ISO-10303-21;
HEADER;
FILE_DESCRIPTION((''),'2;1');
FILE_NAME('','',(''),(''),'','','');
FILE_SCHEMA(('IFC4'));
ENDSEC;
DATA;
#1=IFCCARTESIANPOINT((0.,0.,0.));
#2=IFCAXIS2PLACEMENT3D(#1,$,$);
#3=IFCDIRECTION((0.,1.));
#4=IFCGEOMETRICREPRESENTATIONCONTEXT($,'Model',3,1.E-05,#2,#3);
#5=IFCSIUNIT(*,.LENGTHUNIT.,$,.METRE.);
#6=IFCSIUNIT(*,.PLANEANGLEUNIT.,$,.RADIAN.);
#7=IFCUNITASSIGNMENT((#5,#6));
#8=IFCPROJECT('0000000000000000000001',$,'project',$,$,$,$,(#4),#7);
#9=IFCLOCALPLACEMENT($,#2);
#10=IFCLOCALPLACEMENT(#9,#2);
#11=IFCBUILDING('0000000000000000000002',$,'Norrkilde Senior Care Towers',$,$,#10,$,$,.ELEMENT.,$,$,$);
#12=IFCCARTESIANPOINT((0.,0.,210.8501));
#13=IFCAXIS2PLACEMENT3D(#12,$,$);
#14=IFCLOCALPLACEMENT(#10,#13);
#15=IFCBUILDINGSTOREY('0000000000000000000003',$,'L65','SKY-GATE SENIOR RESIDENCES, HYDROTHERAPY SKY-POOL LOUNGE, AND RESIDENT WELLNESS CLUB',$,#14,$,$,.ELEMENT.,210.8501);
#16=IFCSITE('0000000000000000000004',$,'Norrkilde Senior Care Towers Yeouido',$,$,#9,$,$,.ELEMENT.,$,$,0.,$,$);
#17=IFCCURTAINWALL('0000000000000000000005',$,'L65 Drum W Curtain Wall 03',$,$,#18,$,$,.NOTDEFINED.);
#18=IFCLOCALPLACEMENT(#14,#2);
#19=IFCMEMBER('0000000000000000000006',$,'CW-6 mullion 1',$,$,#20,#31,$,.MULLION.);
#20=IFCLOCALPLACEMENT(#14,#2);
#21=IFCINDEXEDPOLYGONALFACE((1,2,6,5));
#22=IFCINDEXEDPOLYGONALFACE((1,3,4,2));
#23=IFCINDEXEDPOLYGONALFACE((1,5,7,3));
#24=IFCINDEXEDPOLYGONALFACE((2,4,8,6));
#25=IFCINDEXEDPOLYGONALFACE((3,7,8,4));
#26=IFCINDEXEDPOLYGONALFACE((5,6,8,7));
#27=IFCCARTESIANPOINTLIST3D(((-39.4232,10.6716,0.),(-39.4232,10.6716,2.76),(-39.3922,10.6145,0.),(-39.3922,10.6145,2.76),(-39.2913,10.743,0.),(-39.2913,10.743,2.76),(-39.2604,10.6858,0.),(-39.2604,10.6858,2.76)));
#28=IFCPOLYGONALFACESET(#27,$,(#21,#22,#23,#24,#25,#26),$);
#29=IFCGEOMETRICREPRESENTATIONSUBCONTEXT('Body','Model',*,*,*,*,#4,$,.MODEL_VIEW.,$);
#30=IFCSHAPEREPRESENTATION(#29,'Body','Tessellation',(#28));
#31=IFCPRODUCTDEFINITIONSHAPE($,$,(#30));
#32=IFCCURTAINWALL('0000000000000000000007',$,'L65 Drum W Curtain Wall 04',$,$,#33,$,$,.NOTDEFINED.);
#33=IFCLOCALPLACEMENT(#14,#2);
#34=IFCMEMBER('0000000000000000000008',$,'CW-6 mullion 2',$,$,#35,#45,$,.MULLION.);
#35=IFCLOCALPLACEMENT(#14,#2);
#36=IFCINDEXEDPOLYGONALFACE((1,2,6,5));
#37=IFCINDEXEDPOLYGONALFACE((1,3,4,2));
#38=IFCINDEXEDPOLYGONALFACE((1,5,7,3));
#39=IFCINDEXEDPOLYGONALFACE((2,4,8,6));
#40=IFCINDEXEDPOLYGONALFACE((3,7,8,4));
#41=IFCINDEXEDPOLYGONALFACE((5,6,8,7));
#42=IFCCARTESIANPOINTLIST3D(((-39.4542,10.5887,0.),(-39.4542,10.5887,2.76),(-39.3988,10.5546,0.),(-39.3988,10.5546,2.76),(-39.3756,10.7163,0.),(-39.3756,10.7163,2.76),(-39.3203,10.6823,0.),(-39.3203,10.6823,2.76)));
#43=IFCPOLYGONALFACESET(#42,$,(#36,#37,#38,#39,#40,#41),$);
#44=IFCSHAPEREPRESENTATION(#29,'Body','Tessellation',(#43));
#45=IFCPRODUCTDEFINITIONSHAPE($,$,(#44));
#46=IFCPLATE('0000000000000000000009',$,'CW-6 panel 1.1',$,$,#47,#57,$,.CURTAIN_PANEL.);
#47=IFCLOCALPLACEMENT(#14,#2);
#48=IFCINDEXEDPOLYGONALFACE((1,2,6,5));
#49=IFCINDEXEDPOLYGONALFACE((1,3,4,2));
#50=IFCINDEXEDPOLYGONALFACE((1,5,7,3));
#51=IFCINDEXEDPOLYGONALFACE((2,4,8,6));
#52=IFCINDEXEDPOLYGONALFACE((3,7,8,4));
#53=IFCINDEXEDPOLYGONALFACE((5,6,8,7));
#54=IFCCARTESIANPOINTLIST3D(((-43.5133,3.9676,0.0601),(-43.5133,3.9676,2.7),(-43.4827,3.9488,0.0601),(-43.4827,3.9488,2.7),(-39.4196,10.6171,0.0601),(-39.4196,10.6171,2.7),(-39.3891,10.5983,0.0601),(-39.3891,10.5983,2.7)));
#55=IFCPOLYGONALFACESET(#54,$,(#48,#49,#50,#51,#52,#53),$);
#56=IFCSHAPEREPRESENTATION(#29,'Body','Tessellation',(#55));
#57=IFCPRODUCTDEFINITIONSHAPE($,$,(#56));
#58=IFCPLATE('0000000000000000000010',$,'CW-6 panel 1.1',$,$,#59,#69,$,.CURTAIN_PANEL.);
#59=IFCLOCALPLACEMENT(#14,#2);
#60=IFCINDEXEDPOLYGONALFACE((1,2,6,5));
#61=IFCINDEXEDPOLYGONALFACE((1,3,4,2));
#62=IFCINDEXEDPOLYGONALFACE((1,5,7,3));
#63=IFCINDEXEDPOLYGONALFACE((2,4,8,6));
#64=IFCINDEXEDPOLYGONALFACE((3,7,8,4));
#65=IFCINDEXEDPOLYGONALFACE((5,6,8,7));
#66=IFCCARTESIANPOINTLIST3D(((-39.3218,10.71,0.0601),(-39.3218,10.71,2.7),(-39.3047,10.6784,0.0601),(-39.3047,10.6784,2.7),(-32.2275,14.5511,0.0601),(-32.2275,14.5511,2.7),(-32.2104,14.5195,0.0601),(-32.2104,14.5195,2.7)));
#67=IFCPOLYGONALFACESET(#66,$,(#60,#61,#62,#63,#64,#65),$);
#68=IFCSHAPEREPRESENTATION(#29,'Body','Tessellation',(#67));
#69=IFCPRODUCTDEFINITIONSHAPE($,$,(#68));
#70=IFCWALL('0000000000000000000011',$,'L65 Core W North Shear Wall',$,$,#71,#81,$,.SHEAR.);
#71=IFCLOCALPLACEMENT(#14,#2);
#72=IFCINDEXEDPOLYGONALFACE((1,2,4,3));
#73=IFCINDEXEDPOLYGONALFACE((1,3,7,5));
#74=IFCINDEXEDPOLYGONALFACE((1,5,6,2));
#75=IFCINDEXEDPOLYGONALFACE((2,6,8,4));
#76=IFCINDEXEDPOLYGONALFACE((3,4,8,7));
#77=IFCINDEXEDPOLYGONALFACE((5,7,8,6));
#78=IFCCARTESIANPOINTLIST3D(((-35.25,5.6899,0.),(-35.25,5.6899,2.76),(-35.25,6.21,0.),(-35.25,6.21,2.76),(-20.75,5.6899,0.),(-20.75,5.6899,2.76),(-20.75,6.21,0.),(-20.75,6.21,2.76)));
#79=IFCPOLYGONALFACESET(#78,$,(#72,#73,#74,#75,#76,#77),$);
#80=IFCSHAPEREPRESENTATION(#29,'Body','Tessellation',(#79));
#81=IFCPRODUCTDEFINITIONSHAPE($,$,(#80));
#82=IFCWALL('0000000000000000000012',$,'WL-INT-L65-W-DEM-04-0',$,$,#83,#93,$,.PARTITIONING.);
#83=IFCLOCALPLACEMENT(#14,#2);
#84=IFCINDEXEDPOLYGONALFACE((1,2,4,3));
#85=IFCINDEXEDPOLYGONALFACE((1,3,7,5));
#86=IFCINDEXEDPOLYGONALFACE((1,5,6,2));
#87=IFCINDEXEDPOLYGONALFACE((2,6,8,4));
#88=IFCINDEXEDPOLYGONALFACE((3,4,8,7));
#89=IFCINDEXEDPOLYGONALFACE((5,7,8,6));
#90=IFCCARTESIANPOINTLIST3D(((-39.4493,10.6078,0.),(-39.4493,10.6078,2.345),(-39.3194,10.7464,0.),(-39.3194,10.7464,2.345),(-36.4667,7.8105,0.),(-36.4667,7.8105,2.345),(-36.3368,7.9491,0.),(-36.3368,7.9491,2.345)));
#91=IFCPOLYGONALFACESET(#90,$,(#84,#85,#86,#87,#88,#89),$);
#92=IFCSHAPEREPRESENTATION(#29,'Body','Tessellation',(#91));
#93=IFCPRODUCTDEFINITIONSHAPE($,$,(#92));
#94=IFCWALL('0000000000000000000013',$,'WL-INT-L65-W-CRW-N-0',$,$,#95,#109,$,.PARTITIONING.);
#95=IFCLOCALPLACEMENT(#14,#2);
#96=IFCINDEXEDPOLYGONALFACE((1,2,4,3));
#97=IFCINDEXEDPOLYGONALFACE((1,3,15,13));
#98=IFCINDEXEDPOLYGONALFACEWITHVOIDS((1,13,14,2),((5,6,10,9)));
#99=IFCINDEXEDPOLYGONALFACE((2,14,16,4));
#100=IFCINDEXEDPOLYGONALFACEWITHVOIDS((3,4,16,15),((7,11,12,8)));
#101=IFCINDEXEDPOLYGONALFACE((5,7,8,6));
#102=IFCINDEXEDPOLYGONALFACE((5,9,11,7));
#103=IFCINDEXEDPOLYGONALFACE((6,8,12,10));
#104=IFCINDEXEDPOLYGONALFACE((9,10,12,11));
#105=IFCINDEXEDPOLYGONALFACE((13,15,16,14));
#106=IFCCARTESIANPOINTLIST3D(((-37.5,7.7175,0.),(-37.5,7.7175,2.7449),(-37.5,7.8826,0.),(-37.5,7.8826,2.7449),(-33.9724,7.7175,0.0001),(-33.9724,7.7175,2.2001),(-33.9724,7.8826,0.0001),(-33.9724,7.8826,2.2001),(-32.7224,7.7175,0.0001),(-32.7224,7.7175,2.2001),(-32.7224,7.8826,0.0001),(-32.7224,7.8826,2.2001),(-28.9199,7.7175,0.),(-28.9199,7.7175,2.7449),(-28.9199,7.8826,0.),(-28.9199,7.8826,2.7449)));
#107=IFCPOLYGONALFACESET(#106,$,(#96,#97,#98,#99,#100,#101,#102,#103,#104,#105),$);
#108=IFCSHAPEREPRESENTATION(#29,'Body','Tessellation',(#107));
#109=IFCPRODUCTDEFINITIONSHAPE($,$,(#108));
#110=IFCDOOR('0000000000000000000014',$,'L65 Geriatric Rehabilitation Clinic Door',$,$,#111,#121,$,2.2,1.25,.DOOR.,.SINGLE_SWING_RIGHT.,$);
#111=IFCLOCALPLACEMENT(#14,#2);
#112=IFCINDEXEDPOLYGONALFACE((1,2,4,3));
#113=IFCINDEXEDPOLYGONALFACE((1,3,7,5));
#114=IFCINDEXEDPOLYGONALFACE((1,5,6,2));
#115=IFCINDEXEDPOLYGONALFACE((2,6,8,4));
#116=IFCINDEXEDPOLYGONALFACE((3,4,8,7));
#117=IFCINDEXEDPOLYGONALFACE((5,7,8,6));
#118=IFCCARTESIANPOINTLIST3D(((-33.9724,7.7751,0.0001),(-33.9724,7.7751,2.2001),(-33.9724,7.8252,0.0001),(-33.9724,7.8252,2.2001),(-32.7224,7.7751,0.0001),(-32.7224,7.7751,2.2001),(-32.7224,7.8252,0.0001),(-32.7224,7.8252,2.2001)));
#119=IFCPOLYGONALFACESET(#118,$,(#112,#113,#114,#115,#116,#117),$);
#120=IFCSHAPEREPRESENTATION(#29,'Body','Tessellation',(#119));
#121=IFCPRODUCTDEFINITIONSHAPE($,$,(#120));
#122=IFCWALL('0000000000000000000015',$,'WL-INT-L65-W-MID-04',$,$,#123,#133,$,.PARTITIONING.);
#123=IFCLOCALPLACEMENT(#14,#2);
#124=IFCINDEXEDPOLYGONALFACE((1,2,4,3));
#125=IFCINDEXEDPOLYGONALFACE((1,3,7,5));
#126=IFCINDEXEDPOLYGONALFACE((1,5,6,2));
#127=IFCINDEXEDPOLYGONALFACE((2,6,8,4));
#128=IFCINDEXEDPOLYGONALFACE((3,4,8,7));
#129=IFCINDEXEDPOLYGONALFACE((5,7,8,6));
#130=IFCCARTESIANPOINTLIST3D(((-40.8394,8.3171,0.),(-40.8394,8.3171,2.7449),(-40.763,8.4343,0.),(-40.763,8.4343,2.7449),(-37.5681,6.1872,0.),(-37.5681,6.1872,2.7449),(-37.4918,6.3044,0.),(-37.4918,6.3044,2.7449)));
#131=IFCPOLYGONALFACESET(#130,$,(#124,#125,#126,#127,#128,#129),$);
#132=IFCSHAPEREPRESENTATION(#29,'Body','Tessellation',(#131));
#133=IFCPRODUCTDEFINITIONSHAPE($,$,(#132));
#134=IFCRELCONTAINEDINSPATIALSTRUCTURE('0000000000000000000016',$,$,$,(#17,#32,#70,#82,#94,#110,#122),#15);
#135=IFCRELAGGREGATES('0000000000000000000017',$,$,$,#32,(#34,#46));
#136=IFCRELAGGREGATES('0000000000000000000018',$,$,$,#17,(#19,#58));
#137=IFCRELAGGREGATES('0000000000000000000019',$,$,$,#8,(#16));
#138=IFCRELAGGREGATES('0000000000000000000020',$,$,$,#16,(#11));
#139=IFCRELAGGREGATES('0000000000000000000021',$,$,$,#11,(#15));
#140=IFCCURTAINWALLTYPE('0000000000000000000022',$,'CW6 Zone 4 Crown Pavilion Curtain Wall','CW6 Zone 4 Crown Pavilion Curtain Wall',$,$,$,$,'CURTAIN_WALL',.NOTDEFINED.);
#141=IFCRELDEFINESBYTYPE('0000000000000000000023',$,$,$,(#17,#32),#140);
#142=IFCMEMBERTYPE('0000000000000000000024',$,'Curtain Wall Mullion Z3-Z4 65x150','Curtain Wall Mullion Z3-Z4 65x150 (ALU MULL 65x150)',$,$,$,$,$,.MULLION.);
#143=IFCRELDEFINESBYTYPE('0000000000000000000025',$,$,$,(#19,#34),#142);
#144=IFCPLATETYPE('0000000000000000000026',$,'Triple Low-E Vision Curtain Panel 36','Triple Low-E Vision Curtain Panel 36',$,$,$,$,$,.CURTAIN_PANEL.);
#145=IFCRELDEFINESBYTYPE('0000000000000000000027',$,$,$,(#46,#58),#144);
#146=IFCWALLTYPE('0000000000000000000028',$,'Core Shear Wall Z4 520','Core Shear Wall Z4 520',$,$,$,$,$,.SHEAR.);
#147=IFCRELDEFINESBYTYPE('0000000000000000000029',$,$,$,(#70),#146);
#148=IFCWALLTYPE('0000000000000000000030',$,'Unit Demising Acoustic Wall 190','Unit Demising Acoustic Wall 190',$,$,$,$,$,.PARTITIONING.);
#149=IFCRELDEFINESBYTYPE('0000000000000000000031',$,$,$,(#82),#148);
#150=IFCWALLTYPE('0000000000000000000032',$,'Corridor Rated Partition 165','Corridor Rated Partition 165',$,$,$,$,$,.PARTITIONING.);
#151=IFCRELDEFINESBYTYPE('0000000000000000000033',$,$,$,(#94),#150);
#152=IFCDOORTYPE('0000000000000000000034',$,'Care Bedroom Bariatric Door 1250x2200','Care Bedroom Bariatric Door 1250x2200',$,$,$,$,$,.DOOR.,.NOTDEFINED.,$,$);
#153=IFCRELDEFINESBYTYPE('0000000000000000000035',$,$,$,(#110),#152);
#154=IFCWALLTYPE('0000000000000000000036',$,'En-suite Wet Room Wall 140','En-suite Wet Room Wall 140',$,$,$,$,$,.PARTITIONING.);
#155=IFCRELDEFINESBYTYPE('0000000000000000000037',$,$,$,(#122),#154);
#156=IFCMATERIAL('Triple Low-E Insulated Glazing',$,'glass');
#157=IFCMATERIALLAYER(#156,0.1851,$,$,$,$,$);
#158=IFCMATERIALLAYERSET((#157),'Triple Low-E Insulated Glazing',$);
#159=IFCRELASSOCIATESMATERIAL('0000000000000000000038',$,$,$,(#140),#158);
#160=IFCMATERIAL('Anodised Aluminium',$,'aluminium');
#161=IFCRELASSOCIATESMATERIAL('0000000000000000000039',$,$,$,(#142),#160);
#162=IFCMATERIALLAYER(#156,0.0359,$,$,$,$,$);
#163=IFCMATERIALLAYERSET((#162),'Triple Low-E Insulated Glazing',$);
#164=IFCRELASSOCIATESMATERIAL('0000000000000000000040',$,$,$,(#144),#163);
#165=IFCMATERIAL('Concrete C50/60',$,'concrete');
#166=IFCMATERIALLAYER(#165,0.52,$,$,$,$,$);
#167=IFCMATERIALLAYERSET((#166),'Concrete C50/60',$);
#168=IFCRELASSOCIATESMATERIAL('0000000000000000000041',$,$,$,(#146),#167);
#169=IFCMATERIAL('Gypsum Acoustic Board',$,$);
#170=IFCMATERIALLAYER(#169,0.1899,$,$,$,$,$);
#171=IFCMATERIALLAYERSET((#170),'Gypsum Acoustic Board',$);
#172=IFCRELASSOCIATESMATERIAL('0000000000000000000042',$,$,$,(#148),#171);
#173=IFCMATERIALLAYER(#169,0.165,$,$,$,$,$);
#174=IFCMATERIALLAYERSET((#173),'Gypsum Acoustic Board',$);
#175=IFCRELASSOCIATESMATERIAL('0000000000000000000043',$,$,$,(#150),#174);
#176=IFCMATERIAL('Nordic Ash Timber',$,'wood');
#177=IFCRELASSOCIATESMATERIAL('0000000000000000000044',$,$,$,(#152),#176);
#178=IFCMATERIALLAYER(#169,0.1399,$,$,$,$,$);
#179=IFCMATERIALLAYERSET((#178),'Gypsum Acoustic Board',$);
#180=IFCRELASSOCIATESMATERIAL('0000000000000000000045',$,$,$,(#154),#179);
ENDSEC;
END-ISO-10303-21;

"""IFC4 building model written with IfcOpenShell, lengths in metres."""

from ifc_helpers import new_model, si_unit, direction, frame, frame_2d, origin, origin_2d, place, context, subcontext, project, spatial, rectangle, extrude, source, transform, mapped, material, layer, layer_set, material_profile, profile_set, type_object, type_shapes, element, fill, aggregate, save


model = new_model("IFC4")

# Units and contexts
model_context = context("Model", 3, precision=1e-05, world=origin(), true_north=direction((0.0, 1.0)))
body_context = subcontext(model_context, "Body", "Model", "MODEL_VIEW")
ifc_project = project(units=[si_unit("LENGTHUNIT", "METRE"), si_unit("PLANEANGLEUNIT", "RADIAN")], contexts=[model_context])

# Site, building, storey
site_placement = place(None, origin())
site = spatial("IfcSite", under=ifc_project, at=site_placement, Name="Norrkilde Senior Care Towers Yeouido", CompositionType="ELEMENT", RefElevation=0.0)
building_placement = place(site_placement, origin())
building = spatial("IfcBuilding", under=site, at=building_placement, Name="Norrkilde Senior Care Towers", CompositionType="ELEMENT")
storey_placement = place(building_placement, frame((0.0, 0.0, 210.8501)))
storey = spatial("IfcBuildingStorey", under=building, at=storey_placement, Name="L65", Description="SKY-GATE SENIOR RESIDENCES, HYDROTHERAPY SKY-POOL LOUNGE, AND RESIDENT WELLNESS CLUB", CompositionType="ELEMENT", Elevation=210.8501)

# Shared definitions
ifc_material_1 = material(Name="Concrete C50/60", Category="concrete")

# Curtain wall, member
ifc_material_2 = material(Name="Triple Low-E Insulated Glazing", Category="glass")
ifc_layer_1 = layer(ifc_material_2, 0.1851)
ifc_layer_set_1 = layer_set([ifc_layer_1], Name="Triple Low-E Insulated Glazing")
curtain_wall_type = type_object("IfcCurtainWallType", Name="CW6 Zone 4 Crown Pavilion Curtain Wall", Description="CW6 Zone 4 Crown Pavilion Curtain Wall", ElementType="CURTAIN_WALL", PredefinedType="NOTDEFINED", material=ifc_layer_set_1)
curtain_wall_1_placement = place(storey_placement, origin())
curtain_wall_1 = element("IfcCurtainWall", 1, at=curtain_wall_1_placement, inside=storey, type_object=curtain_wall_type, Name="L65 Drum W Curtain Wall 03", PredefinedType="NOTDEFINED")
ifc_material_3 = material(Name="Anodised Aluminium", Category="aluminium")
ifc_material_profile_1 = material_profile(ifc_material_3, rectangle(XDim=0.0649, YDim=0.1499, at=origin_2d()), Name="ALU MULL 65x150")
ifc_profile_set_1 = profile_set([ifc_material_profile_1], Name="Anodised Aluminium")
member_type_1 = type_object("IfcMemberType", Name="Curtain Wall Mullion Z3-Z4 65x150", Description="Curtain Wall Mullion Z3-Z4 65x150 (ALU MULL 65x150)", PredefinedType="MULLION", material=ifc_profile_set_1)
shared_shape_1 = source(origin(), body_context, "Body", "SweptSolid", [
    extrude(rectangle(XDim=0.0649, YDim=0.1499, at=origin_2d()), origin(), (0.0, 0.0, 1.0), 2.76),
])
type_shapes(member_type_1, [shared_shape_1])
member_1_placement = place(storey_placement, frame((-39.3418, 10.6787, 0.0), z_axis=(0.0, 0.0, 1.0), x_axis=(-0.476133, 0.879373, 0.0)))
member_1 = element("IfcMember", 2, at=member_1_placement, type_object=member_type_1, Name="CW-6 mullion 1", PredefinedType="MULLION", context=body_context, shape_type="MappedRepresentation", body=[
    mapped(shared_shape_1, transform((0.0, 0.0, 0.0), x_axis=(1.0, 0.0, 0.0), y_axis=(0.0, 1.0, 0.0), z_axis=(0.0, 0.0, 1.0), scale=1.0)),
])

# Curtain wall, member, plate
curtain_wall_2_placement = place(storey_placement, origin())
curtain_wall_2 = element("IfcCurtainWall", 3, at=curtain_wall_2_placement, inside=storey, type_object=curtain_wall_type, Name="L65 Drum W Curtain Wall 04", PredefinedType="NOTDEFINED")
member_2_placement = place(storey_placement, frame((-39.3872, 10.6355, 0.0), z_axis=(0.0, 0.0, 1.0), x_axis=(-0.851563, 0.524253, 0.0)))
member_2 = element("IfcMember", 4, at=member_2_placement, type_object=member_type_1, Name="CW-6 mullion 2", PredefinedType="MULLION", context=body_context, shape_type="MappedRepresentation", body=[
    mapped(shared_shape_1, transform((0.0, 0.0, 0.0), x_axis=(1.0, 0.0, 0.0), y_axis=(0.0, 1.0, 0.0), z_axis=(0.0, 0.0, 1.0), scale=1.0)),
])
ifc_layer_2 = layer(ifc_material_2, 0.0359)
ifc_layer_set_2 = layer_set([ifc_layer_2], Name="Triple Low-E Insulated Glazing")
plate_type = type_object("IfcPlateType", Name="Triple Low-E Vision Curtain Panel 36", Description="Triple Low-E Vision Curtain Panel 36", PredefinedType="CURTAIN_PANEL", material=ifc_layer_set_2)
shared_shape_2 = source(origin(), body_context, "Body", "SweptSolid", [
    extrude(rectangle(XDim=7.8086, YDim=0.0359, at=origin_2d()), origin(), (0.0, 0.0, 1.0), 2.6399),
])
plate_1_placement = place(storey_placement, frame((-41.4512, 7.283, 0.0601), z_axis=(0.0, 0.0, 1.0), x_axis=(0.524253, 0.851563, 0.0)))
plate_1 = element("IfcPlate", 5, at=plate_1_placement, type_object=plate_type, Name="CW-6 panel 1.1", PredefinedType="CURTAIN_PANEL", context=body_context, shape_type="MappedRepresentation", body=[
    mapped(shared_shape_2, transform((0.0, 0.0, 0.0), x_axis=(1.0, 0.0, 0.0), y_axis=(0.0, 1.0, 0.0), z_axis=(0.0, 0.0, 1.0), scale=1.0)),
])
aggregate(curtain_wall_2, [member_2, plate_1])

# Plate
shared_shape_3 = source(origin(), body_context, "Body", "SweptSolid", [
    extrude(rectangle(XDim=8.0674, YDim=0.0359, at=origin_2d()), origin(), (0.0, 0.0, 1.0), 2.6399),
])
type_shapes(plate_type, [shared_shape_2, shared_shape_3])
plate_2_placement = place(storey_placement, frame((-35.7661, 12.6147, 0.0601), z_axis=(0.0, 0.0, 1.0), x_axis=(0.879373, 0.476133, 0.0)))
plate_2 = element("IfcPlate", 6, at=plate_2_placement, type_object=plate_type, Name="CW-6 panel 1.1", PredefinedType="CURTAIN_PANEL", context=body_context, shape_type="MappedRepresentation", body=[
    mapped(shared_shape_3, transform((0.0, 0.0, 0.0), x_axis=(1.0, 0.0, 0.0), y_axis=(0.0, 1.0, 0.0), z_axis=(0.0, 0.0, 1.0), scale=1.0)),
])
aggregate(curtain_wall_1, [member_1, plate_2])

# Walls
ifc_layer_3 = layer(ifc_material_1, 0.52)
ifc_layer_set_3 = layer_set([ifc_layer_3], Name="Concrete C50/60")
wall_type_1 = type_object("IfcWallType", Name="Core Shear Wall Z4 520", Description="Core Shear Wall Z4 520", PredefinedType="SHEAR", material=ifc_layer_set_3)
shared_shape_4 = source(origin(), body_context, "Body", "SweptSolid", [
    extrude(rectangle(XDim=14.5, YDim=0.52, at=frame_2d((7.25, 0.0))), origin(), (0.0, 0.0, 1.0), 2.76),
])
type_shapes(wall_type_1, [shared_shape_4])
wall_1_placement = place(storey_placement, frame((-35.25, 5.95, 0.0), z_axis=(0.0, 0.0, 1.0), x_axis=(1.0, 0.0, 0.0)))
element("IfcWall", 7, at=wall_1_placement, inside=storey, type_object=wall_type_1, Name="L65 Core W North Shear Wall", PredefinedType="SHEAR", context=body_context, shape_type="MappedRepresentation", body=[
    mapped(shared_shape_4, transform((0.0, 0.0, 0.0), x_axis=(1.0, 0.0, 0.0), y_axis=(0.0, 1.0, 0.0), z_axis=(0.0, 0.0, 1.0), scale=1.0)),
])
ifc_material_4 = material(Name="Gypsum Acoustic Board")
ifc_layer_4 = layer(ifc_material_4, 0.1899)
ifc_layer_set_4 = layer_set([ifc_layer_4], Name="Gypsum Acoustic Board")
wall_type_2 = type_object("IfcWallType", Name="Unit Demising Acoustic Wall 190", Description="Unit Demising Acoustic Wall 190", PredefinedType="PARTITIONING", material=ifc_layer_set_4)
shared_shape_5 = source(origin(), body_context, "Body", "SweptSolid", [
    extrude(rectangle(XDim=4.0891, YDim=0.1899, at=frame_2d((2.0444, 0.0))), origin(), (0.0, 0.0, 1.0), 2.345),
])
type_shapes(wall_type_2, [shared_shape_5])
wall_2_placement = place(storey_placement, frame((-36.4019, 7.8799, 0.0), z_axis=(0.0, 0.0, 1.0), x_axis=(-0.729401, 0.684086, 0.0)))
element("IfcWall", 8, at=wall_2_placement, inside=storey, type_object=wall_type_2, Name="WL-INT-L65-W-DEM-04-0", PredefinedType="PARTITIONING", context=body_context, shape_type="MappedRepresentation", body=[
    mapped(shared_shape_5, transform((0.0, 0.0, 0.0), x_axis=(1.0, 0.0, 0.0), y_axis=(0.0, 1.0, 0.0), z_axis=(0.0, 0.0, 1.0), scale=1.0)),
])

# Wall, opening, door
ifc_layer_5 = layer(ifc_material_4, 0.165)
ifc_layer_set_5 = layer_set([ifc_layer_5], Name="Gypsum Acoustic Board")
wall_type_3 = type_object("IfcWallType", Name="Corridor Rated Partition 165", Description="Corridor Rated Partition 165", PredefinedType="PARTITIONING", material=ifc_layer_set_5)
shared_shape_6 = source(origin(), body_context, "Body", "SweptSolid", [
    extrude(rectangle(XDim=8.5801, YDim=0.165, at=frame_2d((4.29, 0.0))), origin(), (0.0, 0.0, 1.0), 2.7449),
])
type_shapes(wall_type_3, [shared_shape_6])
wall_3_placement = place(storey_placement, frame((-37.5, 7.8, 0.0), z_axis=(0.0, 0.0, 1.0), x_axis=(1.0, 0.0, 0.0)))
wall_3 = element("IfcWall", 9, at=wall_3_placement, inside=storey, type_object=wall_type_3, Name="WL-INT-L65-W-CRW-N-0", PredefinedType="PARTITIONING", context=body_context, shape_type="MappedRepresentation", body=[
    mapped(shared_shape_6, transform((0.0, 0.0, 0.0), x_axis=(1.0, 0.0, 0.0), y_axis=(0.0, 1.0, 0.0), z_axis=(0.0, 0.0, 1.0), scale=1.0)),
])
opening_placement = place(wall_3_placement, frame((3.5276, 0.0, 0.0)))
opening = element("IfcOpeningElement", 10, at=opening_placement, cuts=wall_3, PredefinedType="OPENING", context=body_context, shape_type="SweptSolid", body=[
    extrude(rectangle(XDim=1.25, YDim=2.2, at=frame_2d((0.625, 1.1001))), frame((0.0, 0.0925, 0.0), z_axis=(0.0, -1.0, 0.0), x_axis=(1.0, 0.0, 0.0)), (0.0, 0.0, 1.0), 0.1851),
])
ifc_material_5 = material(Name="Nordic Ash Timber", Category="wood")
door_type = type_object("IfcDoorType", Name="Care Bedroom Bariatric Door 1250x2200", Description="Care Bedroom Bariatric Door 1250x2200", OperationType="NOTDEFINED", PredefinedType="DOOR", material=ifc_material_5)
shared_shape_7 = source(origin(), body_context, "Body", "SweptSolid", [
    extrude(rectangle(XDim=1.25, YDim=2.2, at=frame_2d((0.625, 1.1001))), frame((0.0, 0.0249, 0.0), z_axis=(0.0, -1.0, 0.0), x_axis=(1.0, 0.0, 0.0)), (0.0, 0.0, 1.0), 0.05),
])
type_shapes(door_type, [shared_shape_7])
door_placement = place(opening_placement, frame((1.25, 0.0, 0.0), z_axis=(0.0, 0.0, 1.0), x_axis=(-1.0, 0.0, 0.0)))
door = element("IfcDoor", 11, at=door_placement, inside=storey, type_object=door_type, Name="L65 Geriatric Rehabilitation Clinic Door", OperationType="SINGLE_SWING_RIGHT", OverallHeight=2.2, OverallWidth=1.25, PredefinedType="DOOR", context=body_context, shape_type="MappedRepresentation", body=[
    mapped(shared_shape_7, transform((0.0, 0.0, 0.0), x_axis=(1.0, 0.0, 0.0), y_axis=(0.0, 1.0, 0.0), z_axis=(0.0, 0.0, 1.0), scale=1.0)),
])
fill(opening, door)

# Wall
ifc_layer_6 = layer(ifc_material_4, 0.1399)
ifc_layer_set_6 = layer_set([ifc_layer_6], Name="Gypsum Acoustic Board")
wall_type_4 = type_object("IfcWallType", Name="En-suite Wet Room Wall 140", Description="En-suite Wet Room Wall 140", PredefinedType="PARTITIONING", material=ifc_layer_set_6)
shared_shape_8 = source(origin(), body_context, "Body", "SweptSolid", [
    extrude(rectangle(XDim=3.9036, YDim=0.1399, at=frame_2d((1.9517, 0.0))), origin(), (0.0, 0.0, 1.0), 2.7449),
])
type_shapes(wall_type_4, [shared_shape_8])
wall_4_placement = place(storey_placement, frame((-37.53, 6.2458, 0.0), z_axis=(0.0, 0.0, 1.0), x_axis=(-0.838025, 0.545632, 0.0)))
element("IfcWall", 12, at=wall_4_placement, inside=storey, type_object=wall_type_4, Name="WL-INT-L65-W-MID-04", PredefinedType="PARTITIONING", context=body_context, shape_type="MappedRepresentation", body=[
    mapped(shared_shape_8, transform((0.0, 0.0, 0.0), x_axis=(1.0, 0.0, 0.0), y_axis=(0.0, 1.0, 0.0), z_axis=(0.0, 0.0, 1.0), scale=1.0)),
])

save(model, "model.ifc")
